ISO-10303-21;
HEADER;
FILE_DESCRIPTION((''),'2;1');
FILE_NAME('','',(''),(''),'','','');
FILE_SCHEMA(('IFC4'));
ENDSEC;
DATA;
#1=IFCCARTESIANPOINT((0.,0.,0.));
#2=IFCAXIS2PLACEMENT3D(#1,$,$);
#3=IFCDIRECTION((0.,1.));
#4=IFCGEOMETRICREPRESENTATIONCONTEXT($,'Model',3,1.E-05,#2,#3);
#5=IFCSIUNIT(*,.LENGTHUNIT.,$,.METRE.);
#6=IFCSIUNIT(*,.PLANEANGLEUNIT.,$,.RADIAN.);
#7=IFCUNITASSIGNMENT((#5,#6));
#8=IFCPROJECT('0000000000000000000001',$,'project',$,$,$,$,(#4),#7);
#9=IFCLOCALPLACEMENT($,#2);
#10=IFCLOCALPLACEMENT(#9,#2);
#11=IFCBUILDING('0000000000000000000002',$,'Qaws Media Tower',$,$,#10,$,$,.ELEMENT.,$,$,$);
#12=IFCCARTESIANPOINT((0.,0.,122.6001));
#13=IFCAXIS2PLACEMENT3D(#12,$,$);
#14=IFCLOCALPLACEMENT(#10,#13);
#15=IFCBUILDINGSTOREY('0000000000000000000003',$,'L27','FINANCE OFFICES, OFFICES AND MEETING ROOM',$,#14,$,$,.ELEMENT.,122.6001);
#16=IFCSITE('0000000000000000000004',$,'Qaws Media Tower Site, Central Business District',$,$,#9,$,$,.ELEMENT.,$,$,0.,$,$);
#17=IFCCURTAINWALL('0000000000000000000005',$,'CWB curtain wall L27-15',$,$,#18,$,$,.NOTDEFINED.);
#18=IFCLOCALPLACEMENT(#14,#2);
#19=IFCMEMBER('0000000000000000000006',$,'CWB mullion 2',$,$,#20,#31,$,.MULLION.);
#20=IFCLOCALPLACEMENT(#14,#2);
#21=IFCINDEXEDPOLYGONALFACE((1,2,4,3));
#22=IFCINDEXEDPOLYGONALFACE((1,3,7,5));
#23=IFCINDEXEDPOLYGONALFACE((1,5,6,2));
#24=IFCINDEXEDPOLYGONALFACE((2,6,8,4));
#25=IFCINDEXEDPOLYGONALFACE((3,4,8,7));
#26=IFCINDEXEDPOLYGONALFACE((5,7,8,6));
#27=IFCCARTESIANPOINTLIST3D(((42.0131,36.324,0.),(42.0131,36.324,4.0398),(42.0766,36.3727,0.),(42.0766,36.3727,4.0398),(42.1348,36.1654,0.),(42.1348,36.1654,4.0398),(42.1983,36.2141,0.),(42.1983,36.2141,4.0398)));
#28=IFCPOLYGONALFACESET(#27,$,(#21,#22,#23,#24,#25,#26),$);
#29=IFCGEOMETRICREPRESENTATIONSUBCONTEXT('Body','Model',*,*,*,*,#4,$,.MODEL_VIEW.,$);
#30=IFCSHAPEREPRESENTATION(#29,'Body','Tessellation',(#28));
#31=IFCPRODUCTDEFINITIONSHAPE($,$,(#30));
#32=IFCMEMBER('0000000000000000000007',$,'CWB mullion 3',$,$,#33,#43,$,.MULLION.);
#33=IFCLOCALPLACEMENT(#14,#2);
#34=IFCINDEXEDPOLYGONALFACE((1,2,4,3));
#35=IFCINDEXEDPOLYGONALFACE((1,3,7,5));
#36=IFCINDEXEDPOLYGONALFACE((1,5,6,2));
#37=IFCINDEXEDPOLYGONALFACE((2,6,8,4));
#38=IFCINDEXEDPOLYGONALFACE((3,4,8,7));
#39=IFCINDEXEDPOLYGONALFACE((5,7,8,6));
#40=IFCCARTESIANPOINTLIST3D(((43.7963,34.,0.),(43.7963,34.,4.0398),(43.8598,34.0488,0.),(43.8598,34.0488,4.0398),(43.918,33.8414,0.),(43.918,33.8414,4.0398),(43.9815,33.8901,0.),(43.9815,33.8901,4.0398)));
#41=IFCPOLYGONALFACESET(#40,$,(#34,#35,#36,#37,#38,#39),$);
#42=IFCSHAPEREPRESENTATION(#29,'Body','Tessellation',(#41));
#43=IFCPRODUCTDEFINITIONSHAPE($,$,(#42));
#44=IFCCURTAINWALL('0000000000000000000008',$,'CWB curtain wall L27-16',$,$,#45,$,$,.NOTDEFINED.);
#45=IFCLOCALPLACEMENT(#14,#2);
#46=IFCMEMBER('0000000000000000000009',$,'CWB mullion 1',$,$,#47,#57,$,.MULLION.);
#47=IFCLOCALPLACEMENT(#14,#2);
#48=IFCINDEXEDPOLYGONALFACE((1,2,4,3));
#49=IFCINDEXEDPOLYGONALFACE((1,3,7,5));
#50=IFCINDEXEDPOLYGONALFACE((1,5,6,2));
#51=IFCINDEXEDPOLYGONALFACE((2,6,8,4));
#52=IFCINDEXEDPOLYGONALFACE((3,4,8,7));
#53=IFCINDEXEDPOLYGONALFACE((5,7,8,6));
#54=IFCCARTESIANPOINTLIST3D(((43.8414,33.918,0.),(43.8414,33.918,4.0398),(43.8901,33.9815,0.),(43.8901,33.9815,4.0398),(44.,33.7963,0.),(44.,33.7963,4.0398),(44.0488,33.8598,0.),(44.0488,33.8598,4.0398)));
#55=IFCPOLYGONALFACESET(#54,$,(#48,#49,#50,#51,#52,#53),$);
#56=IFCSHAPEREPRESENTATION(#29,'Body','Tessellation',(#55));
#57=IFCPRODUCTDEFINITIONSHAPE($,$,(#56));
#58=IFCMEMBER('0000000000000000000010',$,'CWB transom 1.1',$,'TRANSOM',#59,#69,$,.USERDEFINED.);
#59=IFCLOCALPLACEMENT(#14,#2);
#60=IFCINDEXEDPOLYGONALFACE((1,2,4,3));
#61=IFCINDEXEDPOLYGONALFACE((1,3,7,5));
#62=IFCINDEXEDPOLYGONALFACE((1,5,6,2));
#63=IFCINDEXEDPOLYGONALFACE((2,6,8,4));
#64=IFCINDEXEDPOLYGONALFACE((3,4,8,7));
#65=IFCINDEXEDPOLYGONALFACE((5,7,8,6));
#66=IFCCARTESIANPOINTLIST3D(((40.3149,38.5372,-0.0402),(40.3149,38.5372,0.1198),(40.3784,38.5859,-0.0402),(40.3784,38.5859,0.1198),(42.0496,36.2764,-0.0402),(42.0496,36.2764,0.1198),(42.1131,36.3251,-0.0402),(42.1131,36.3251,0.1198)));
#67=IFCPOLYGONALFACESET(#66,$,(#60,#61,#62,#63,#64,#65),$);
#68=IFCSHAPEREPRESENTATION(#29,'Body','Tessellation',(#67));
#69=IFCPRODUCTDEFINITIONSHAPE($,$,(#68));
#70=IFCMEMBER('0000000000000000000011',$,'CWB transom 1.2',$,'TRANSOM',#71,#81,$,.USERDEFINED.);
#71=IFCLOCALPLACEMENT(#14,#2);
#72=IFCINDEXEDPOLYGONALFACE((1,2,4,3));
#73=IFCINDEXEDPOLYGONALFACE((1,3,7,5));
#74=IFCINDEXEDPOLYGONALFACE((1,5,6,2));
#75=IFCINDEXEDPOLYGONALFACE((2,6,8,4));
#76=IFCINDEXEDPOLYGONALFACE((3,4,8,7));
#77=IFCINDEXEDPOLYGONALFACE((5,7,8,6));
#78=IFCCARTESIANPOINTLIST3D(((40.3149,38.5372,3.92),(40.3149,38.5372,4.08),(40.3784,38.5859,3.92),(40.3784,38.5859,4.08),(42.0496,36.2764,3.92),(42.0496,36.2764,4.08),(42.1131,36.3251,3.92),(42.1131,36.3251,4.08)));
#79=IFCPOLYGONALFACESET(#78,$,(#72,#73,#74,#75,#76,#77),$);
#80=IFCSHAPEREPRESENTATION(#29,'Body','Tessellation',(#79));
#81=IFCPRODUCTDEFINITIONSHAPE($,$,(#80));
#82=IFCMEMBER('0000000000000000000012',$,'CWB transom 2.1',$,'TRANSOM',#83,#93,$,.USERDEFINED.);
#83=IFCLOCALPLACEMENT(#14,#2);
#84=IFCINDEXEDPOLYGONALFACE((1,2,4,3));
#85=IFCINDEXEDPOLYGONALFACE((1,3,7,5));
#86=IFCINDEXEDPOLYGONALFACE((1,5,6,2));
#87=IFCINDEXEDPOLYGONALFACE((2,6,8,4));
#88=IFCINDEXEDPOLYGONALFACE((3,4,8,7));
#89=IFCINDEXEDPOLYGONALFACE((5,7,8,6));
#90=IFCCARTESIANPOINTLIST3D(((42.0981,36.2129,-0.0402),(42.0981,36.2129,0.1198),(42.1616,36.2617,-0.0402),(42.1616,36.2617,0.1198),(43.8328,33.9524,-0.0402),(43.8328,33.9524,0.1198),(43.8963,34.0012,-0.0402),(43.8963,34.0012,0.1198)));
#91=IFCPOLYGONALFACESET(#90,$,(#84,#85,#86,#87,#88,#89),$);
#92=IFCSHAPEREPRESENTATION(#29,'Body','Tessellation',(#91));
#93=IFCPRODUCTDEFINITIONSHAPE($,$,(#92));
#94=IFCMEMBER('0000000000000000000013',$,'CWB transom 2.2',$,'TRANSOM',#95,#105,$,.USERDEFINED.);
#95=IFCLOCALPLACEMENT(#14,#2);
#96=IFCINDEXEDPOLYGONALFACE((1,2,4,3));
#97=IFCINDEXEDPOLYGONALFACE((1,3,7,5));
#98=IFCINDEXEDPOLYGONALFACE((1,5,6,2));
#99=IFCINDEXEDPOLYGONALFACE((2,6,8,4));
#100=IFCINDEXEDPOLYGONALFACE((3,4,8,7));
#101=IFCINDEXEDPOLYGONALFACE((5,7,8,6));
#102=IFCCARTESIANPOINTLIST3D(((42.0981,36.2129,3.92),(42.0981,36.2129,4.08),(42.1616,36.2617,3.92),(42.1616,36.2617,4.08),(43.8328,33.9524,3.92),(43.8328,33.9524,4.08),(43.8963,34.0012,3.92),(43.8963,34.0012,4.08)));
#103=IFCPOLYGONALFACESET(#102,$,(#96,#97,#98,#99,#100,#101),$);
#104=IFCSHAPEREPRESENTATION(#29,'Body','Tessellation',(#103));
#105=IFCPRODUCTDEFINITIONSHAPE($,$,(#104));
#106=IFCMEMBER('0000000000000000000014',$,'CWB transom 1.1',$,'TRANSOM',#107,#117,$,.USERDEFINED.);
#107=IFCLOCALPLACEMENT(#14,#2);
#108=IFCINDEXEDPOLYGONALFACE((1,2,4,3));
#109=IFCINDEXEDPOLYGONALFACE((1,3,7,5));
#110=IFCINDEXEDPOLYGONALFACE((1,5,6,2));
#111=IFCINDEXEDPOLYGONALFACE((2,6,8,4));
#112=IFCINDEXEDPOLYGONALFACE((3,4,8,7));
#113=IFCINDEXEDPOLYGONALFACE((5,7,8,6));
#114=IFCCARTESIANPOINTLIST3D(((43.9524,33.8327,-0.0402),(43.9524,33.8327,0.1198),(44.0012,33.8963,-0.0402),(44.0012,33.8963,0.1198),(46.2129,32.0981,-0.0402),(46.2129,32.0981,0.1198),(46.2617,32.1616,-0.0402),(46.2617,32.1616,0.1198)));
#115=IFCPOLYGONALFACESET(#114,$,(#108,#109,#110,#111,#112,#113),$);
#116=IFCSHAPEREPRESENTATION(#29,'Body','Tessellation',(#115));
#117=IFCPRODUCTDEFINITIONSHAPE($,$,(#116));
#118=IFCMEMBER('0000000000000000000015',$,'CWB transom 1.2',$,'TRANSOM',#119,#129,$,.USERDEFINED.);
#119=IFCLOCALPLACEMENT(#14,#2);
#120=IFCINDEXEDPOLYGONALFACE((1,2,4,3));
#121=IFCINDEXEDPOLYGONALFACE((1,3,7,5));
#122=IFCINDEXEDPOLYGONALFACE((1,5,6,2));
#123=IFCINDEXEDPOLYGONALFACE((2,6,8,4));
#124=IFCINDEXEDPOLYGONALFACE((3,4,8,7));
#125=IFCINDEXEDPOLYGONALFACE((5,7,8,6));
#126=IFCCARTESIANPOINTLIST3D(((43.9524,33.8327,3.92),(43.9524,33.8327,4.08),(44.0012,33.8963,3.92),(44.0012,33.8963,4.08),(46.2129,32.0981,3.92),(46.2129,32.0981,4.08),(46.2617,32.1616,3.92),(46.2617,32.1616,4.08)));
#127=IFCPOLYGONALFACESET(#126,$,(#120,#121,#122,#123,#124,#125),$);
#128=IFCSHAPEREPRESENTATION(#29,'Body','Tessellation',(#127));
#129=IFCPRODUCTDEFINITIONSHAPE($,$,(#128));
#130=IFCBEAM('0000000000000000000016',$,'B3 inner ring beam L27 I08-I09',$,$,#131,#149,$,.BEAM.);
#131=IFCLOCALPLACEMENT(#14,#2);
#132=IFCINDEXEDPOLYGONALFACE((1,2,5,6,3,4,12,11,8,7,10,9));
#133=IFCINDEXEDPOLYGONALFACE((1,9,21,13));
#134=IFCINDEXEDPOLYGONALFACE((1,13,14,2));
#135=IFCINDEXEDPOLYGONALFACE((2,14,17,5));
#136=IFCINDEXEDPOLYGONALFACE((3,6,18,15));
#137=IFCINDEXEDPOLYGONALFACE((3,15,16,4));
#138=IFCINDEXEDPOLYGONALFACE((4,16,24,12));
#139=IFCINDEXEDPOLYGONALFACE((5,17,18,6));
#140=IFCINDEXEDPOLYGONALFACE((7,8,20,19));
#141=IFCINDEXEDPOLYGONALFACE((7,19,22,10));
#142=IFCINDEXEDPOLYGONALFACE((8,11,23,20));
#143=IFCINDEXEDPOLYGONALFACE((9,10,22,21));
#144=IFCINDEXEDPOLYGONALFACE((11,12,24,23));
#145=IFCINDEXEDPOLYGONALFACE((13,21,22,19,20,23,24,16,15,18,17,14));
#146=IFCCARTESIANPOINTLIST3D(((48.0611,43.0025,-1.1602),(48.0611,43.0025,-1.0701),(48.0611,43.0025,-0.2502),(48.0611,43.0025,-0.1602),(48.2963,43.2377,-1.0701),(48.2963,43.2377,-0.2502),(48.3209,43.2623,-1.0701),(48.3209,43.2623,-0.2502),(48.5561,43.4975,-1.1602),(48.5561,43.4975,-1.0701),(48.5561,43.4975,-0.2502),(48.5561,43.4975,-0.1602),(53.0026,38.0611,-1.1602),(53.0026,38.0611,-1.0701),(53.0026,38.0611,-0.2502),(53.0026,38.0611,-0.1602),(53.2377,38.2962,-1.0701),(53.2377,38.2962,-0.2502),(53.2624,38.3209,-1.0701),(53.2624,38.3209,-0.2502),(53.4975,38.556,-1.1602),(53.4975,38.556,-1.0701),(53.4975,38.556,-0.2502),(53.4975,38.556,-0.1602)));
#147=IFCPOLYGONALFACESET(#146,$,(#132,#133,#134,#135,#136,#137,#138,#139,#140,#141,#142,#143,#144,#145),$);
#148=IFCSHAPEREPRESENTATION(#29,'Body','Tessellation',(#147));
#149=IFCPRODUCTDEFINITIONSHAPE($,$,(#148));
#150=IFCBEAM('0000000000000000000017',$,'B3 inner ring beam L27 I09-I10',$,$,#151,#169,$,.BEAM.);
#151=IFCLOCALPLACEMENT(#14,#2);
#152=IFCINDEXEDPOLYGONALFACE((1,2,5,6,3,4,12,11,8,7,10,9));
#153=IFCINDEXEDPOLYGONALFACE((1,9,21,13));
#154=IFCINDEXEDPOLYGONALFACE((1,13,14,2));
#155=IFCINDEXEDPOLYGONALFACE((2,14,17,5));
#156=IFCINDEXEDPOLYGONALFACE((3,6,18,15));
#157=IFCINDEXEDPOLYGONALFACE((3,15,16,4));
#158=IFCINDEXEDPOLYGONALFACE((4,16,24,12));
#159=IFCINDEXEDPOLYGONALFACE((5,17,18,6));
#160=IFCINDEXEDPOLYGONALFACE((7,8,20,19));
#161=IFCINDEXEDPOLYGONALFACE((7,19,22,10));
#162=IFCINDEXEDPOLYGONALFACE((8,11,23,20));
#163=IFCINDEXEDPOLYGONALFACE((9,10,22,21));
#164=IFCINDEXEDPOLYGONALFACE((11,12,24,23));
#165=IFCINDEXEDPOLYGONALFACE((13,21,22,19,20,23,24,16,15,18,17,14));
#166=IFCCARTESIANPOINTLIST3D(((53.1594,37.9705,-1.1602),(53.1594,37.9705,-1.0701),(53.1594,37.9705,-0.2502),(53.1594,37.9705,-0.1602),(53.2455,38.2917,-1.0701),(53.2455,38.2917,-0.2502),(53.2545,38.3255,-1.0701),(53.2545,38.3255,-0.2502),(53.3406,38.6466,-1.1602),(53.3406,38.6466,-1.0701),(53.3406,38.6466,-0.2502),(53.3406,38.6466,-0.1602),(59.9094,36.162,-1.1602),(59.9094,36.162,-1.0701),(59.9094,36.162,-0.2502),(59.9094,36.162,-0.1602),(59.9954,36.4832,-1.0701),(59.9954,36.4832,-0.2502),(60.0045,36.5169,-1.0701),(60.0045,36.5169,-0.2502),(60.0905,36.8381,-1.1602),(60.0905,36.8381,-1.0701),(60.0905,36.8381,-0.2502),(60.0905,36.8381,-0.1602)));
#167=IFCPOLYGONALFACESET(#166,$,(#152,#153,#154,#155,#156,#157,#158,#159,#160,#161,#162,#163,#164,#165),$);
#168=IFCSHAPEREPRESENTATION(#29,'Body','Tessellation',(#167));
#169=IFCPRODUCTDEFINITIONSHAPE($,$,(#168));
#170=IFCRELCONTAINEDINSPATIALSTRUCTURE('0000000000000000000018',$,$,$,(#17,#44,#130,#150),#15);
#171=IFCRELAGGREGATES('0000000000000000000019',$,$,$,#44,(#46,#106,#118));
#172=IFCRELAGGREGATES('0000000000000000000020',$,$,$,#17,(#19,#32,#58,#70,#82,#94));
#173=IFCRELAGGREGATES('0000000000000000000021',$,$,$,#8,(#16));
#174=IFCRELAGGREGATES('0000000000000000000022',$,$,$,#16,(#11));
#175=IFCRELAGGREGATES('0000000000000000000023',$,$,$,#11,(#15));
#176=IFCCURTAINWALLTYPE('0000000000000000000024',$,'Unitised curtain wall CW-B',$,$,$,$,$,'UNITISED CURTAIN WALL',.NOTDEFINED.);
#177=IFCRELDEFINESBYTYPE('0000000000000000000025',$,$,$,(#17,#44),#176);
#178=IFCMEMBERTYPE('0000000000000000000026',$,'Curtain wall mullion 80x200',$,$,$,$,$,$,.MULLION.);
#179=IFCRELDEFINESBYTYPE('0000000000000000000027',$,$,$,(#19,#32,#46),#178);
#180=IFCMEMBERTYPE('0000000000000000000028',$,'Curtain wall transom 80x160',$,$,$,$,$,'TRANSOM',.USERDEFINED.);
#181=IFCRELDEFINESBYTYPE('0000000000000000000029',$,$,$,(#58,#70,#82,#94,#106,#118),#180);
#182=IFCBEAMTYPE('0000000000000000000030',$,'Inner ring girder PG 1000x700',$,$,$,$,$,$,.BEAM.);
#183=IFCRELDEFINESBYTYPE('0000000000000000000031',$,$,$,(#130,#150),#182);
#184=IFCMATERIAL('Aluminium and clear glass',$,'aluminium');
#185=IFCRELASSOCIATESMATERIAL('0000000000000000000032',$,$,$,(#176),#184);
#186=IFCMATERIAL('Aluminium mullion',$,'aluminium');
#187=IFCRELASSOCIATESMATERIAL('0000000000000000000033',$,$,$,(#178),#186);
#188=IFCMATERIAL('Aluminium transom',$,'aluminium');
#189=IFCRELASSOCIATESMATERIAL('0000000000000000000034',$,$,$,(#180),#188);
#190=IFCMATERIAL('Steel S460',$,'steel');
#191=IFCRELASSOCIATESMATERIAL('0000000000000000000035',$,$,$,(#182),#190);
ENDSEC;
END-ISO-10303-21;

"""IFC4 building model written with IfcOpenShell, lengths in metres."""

from ifc_helpers import new_model, si_unit, direction, frame, origin, origin_2d, place, context, subcontext, project, spatial, rectangle, i_section, extrude, material, material_profile, profile_set, type_object, element, aggregate, save


model = new_model("IFC4")

# Units and contexts
model_context = context("Model", 3, precision=1e-05, world=origin(), true_north=direction((0.0, 1.0)))
body_context = subcontext(model_context, "Body", "Model", "MODEL_VIEW")
ifc_project = project(units=[si_unit("LENGTHUNIT", "METRE"), si_unit("PLANEANGLEUNIT", "RADIAN")], contexts=[model_context])

# Site, building, storey
site_placement = place(None, origin())
site = spatial("IfcSite", under=ifc_project, at=site_placement, Name="Qaws Media Tower Site, Central Business District", CompositionType="ELEMENT", RefElevation=0.0)
building_placement = place(site_placement, origin())
building = spatial("IfcBuilding", under=site, at=building_placement, Name="Qaws Media Tower", CompositionType="ELEMENT")
storey_placement = place(building_placement, frame((0.0, 0.0, 122.6001)))
storey = spatial("IfcBuildingStorey", under=building, at=storey_placement, Name="L27", Description="FINANCE OFFICES, OFFICES AND MEETING ROOM", CompositionType="ELEMENT", Elevation=122.6001)

# Shared definitions
ifc_material_1 = material(Name="Aluminium and clear glass", Category="aluminium")
curtain_wall_type = type_object("IfcCurtainWallType", Name="Unitised curtain wall CW-B", ElementType="UNITISED CURTAIN WALL", PredefinedType="NOTDEFINED", material=ifc_material_1)
ifc_material_2 = material(Name="Aluminium mullion", Category="aluminium")
ifc_material_profile_1 = material_profile(ifc_material_2, rectangle(XDim=0.0801, YDim=0.2, at=origin_2d()), Name="80x200")
ifc_profile_set_1 = profile_set([ifc_material_profile_1], Name="Aluminium mullion")
member_type_1 = type_object("IfcMemberType", Name="Curtain wall mullion 80x200", PredefinedType="MULLION", material=ifc_profile_set_1)

# Curtain wall, members
curtain_wall_1_placement = place(storey_placement, origin())
curtain_wall_1 = element("IfcCurtainWall", 1, at=curtain_wall_1_placement, inside=storey, type_object=curtain_wall_type, Name="CWB curtain wall L27-15", PredefinedType="NOTDEFINED")
member_1_placement = place(storey_placement, frame((42.1057, 36.269, 0.0), z_axis=(0.0, 0.0, 1.0), x_axis=(0.793353, 0.608761, 0.0)))
member_1 = element("IfcMember", 2, at=member_1_placement, type_object=member_type_1, Name="CWB mullion 2", PredefinedType="MULLION", context=body_context, shape_type="SweptSolid", body=[
    extrude(rectangle(XDim=0.0801, YDim=0.2, at=origin_2d()), origin(), (0.0, 0.0, 1.0), 4.0398),
])
member_2_placement = place(storey_placement, frame((43.8889, 33.9451, 0.0), z_axis=(0.0, 0.0, 1.0), x_axis=(0.793353, 0.608761, 0.0)))
member_2 = element("IfcMember", 3, at=member_2_placement, type_object=member_type_1, Name="CWB mullion 3", PredefinedType="MULLION", context=body_context, shape_type="SweptSolid", body=[
    extrude(rectangle(XDim=0.0801, YDim=0.2, at=origin_2d()), origin(), (0.0, 0.0, 1.0), 4.0398),
])

# Curtain wall, member
curtain_wall_2_placement = place(storey_placement, origin())
curtain_wall_2 = element("IfcCurtainWall", 4, at=curtain_wall_2_placement, inside=storey, type_object=curtain_wall_type, Name="CWB curtain wall L27-16", PredefinedType="NOTDEFINED")
member_3_placement = place(storey_placement, frame((43.9451, 33.8889, 0.0), z_axis=(0.0, 0.0, 1.0), x_axis=(0.608761, 0.793353, 0.0)))
member_3 = element("IfcMember", 5, at=member_3_placement, type_object=member_type_1, Name="CWB mullion 1", PredefinedType="MULLION", context=body_context, shape_type="SweptSolid", body=[
    extrude(rectangle(XDim=0.0801, YDim=0.2, at=origin_2d()), origin(), (0.0, 0.0, 1.0), 4.0398),
])

# Members
ifc_material_3 = material(Name="Aluminium transom", Category="aluminium")
ifc_material_profile_2 = material_profile(ifc_material_3, rectangle(XDim=0.0801, YDim=0.1599, at=origin_2d()), Name="80x160")
ifc_profile_set_2 = profile_set([ifc_material_profile_2], Name="Aluminium transom")
member_type_2 = type_object("IfcMemberType", Name="Curtain wall transom 80x160", ElementType="TRANSOM", PredefinedType="USERDEFINED", material=ifc_profile_set_2)
member_4_placement = place(storey_placement, frame((40.3467, 38.5615, 0.0398), z_axis=(0.608737, -0.793372, 0.0), x_axis=(0.793372, 0.608737, 0.0)))
member_4 = element("IfcMember", 6, at=member_4_placement, type_object=member_type_2, Name="CWB transom 1.1", ObjectType="TRANSOM", PredefinedType="USERDEFINED", context=body_context, shape_type="SweptSolid", body=[
    extrude(rectangle(XDim=0.0801, YDim=0.1599, at=origin_2d()), origin(), (0.0, 0.0, 1.0), 2.8496),
])
member_5_placement = place(storey_placement, frame((40.3467, 38.5615, 4.0), z_axis=(0.608737, -0.793372, 0.0), x_axis=(0.793372, 0.608737, 0.0)))
member_5 = element("IfcMember", 7, at=member_5_placement, type_object=member_type_2, Name="CWB transom 1.2", ObjectType="TRANSOM", PredefinedType="USERDEFINED", context=body_context, shape_type="SweptSolid", body=[
    extrude(rectangle(XDim=0.0801, YDim=0.1599, at=origin_2d()), origin(), (0.0, 0.0, 1.0), 2.8496),
])
member_6_placement = place(storey_placement, frame((42.1299, 36.2373, 0.0398), z_axis=(0.608779, -0.79334, 0.0), x_axis=(0.79334, 0.608779, 0.0)))
member_6 = element("IfcMember", 8, at=member_6_placement, type_object=member_type_2, Name="CWB transom 2.1", ObjectType="TRANSOM", PredefinedType="USERDEFINED", context=body_context, shape_type="SweptSolid", body=[
    extrude(rectangle(XDim=0.0801, YDim=0.1599, at=origin_2d()), origin(), (0.0, 0.0, 1.0), 2.8494),
])
member_7_placement = place(storey_placement, frame((42.1299, 36.2373, 4.0), z_axis=(0.608779, -0.79334, 0.0), x_axis=(0.79334, 0.608779, 0.0)))
member_7 = element("IfcMember", 9, at=member_7_placement, type_object=member_type_2, Name="CWB transom 2.2", ObjectType="TRANSOM", PredefinedType="USERDEFINED", context=body_context, shape_type="SweptSolid", body=[
    extrude(rectangle(XDim=0.0801, YDim=0.1599, at=origin_2d()), origin(), (0.0, 0.0, 1.0), 2.8494),
])
member_8_placement = place(storey_placement, frame((43.9768, 33.8645, 0.0398), z_axis=(0.79334, -0.608779, 0.0), x_axis=(0.608779, 0.79334, 0.0)))
member_8 = element("IfcMember", 10, at=member_8_placement, type_object=member_type_2, Name="CWB transom 1.1", ObjectType="TRANSOM", PredefinedType="USERDEFINED", context=body_context, shape_type="SweptSolid", body=[
    extrude(rectangle(XDim=0.0801, YDim=0.1599, at=origin_2d()), origin(), (0.0, 0.0, 1.0), 2.8494),
])
member_9_placement = place(storey_placement, frame((43.9768, 33.8645, 4.0), z_axis=(0.79334, -0.608779, 0.0), x_axis=(0.608779, 0.79334, 0.0)))
member_9 = element("IfcMember", 11, at=member_9_placement, type_object=member_type_2, Name="CWB transom 1.2", ObjectType="TRANSOM", PredefinedType="USERDEFINED", context=body_context, shape_type="SweptSolid", body=[
    extrude(rectangle(XDim=0.0801, YDim=0.1599, at=origin_2d()), origin(), (0.0, 0.0, 1.0), 2.8494),
])
aggregate(curtain_wall_2, [member_3, member_8, member_9])

# Beams
ifc_material_4 = material(Name="Steel S460", Category="steel")
ifc_material_profile_3 = material_profile(ifc_material_4, i_section(OverallWidth=0.7, OverallDepth=1.0, WebThickness=0.0349, FlangeThickness=0.0901, at=origin_2d()), Name="PG 1000x700")
ifc_profile_set_3 = profile_set([ifc_material_profile_3], Name="Steel S460")
beam_type_1 = type_object("IfcBeamType", Name="Inner ring girder PG 1000x700", PredefinedType="BEAM", material=ifc_profile_set_3)
beam_1_placement = place(storey_placement, frame((48.3086, 43.25, -0.6602), z_axis=(0.707107, -0.707107, 0.0), x_axis=(0.707107, 0.707107, 0.0)))
element("IfcBeam", 12, at=beam_1_placement, inside=storey, type_object=beam_type_1, Name="B3 inner ring beam L27 I08-I09", PredefinedType="BEAM", context=body_context, shape_type="SweptSolid", body=[
    extrude(i_section(OverallWidth=0.7, OverallDepth=1.0, WebThickness=0.0349, FlangeThickness=0.0901, at=origin_2d()), origin(), (0.0, 0.0, 1.0), 6.9883),
])
beam_2_placement = place(storey_placement, frame((53.25, 38.3086, -0.6602), z_axis=(0.965928, -0.258811, 0.0), x_axis=(0.258811, 0.965928, 0.0)))
element("IfcBeam", 13, at=beam_2_placement, inside=storey, type_object=beam_type_1, Name="B3 inner ring beam L27 I09-I10", PredefinedType="BEAM", context=body_context, shape_type="SweptSolid", body=[
    extrude(i_section(OverallWidth=0.7, OverallDepth=1.0, WebThickness=0.0349, FlangeThickness=0.0901, at=origin_2d()), origin(), (0.0, 0.0, 1.0), 6.988),
])

aggregate(curtain_wall_1, [member_1, member_2, member_4, member_5, member_6, member_7])

save(model, "model.ifc")
